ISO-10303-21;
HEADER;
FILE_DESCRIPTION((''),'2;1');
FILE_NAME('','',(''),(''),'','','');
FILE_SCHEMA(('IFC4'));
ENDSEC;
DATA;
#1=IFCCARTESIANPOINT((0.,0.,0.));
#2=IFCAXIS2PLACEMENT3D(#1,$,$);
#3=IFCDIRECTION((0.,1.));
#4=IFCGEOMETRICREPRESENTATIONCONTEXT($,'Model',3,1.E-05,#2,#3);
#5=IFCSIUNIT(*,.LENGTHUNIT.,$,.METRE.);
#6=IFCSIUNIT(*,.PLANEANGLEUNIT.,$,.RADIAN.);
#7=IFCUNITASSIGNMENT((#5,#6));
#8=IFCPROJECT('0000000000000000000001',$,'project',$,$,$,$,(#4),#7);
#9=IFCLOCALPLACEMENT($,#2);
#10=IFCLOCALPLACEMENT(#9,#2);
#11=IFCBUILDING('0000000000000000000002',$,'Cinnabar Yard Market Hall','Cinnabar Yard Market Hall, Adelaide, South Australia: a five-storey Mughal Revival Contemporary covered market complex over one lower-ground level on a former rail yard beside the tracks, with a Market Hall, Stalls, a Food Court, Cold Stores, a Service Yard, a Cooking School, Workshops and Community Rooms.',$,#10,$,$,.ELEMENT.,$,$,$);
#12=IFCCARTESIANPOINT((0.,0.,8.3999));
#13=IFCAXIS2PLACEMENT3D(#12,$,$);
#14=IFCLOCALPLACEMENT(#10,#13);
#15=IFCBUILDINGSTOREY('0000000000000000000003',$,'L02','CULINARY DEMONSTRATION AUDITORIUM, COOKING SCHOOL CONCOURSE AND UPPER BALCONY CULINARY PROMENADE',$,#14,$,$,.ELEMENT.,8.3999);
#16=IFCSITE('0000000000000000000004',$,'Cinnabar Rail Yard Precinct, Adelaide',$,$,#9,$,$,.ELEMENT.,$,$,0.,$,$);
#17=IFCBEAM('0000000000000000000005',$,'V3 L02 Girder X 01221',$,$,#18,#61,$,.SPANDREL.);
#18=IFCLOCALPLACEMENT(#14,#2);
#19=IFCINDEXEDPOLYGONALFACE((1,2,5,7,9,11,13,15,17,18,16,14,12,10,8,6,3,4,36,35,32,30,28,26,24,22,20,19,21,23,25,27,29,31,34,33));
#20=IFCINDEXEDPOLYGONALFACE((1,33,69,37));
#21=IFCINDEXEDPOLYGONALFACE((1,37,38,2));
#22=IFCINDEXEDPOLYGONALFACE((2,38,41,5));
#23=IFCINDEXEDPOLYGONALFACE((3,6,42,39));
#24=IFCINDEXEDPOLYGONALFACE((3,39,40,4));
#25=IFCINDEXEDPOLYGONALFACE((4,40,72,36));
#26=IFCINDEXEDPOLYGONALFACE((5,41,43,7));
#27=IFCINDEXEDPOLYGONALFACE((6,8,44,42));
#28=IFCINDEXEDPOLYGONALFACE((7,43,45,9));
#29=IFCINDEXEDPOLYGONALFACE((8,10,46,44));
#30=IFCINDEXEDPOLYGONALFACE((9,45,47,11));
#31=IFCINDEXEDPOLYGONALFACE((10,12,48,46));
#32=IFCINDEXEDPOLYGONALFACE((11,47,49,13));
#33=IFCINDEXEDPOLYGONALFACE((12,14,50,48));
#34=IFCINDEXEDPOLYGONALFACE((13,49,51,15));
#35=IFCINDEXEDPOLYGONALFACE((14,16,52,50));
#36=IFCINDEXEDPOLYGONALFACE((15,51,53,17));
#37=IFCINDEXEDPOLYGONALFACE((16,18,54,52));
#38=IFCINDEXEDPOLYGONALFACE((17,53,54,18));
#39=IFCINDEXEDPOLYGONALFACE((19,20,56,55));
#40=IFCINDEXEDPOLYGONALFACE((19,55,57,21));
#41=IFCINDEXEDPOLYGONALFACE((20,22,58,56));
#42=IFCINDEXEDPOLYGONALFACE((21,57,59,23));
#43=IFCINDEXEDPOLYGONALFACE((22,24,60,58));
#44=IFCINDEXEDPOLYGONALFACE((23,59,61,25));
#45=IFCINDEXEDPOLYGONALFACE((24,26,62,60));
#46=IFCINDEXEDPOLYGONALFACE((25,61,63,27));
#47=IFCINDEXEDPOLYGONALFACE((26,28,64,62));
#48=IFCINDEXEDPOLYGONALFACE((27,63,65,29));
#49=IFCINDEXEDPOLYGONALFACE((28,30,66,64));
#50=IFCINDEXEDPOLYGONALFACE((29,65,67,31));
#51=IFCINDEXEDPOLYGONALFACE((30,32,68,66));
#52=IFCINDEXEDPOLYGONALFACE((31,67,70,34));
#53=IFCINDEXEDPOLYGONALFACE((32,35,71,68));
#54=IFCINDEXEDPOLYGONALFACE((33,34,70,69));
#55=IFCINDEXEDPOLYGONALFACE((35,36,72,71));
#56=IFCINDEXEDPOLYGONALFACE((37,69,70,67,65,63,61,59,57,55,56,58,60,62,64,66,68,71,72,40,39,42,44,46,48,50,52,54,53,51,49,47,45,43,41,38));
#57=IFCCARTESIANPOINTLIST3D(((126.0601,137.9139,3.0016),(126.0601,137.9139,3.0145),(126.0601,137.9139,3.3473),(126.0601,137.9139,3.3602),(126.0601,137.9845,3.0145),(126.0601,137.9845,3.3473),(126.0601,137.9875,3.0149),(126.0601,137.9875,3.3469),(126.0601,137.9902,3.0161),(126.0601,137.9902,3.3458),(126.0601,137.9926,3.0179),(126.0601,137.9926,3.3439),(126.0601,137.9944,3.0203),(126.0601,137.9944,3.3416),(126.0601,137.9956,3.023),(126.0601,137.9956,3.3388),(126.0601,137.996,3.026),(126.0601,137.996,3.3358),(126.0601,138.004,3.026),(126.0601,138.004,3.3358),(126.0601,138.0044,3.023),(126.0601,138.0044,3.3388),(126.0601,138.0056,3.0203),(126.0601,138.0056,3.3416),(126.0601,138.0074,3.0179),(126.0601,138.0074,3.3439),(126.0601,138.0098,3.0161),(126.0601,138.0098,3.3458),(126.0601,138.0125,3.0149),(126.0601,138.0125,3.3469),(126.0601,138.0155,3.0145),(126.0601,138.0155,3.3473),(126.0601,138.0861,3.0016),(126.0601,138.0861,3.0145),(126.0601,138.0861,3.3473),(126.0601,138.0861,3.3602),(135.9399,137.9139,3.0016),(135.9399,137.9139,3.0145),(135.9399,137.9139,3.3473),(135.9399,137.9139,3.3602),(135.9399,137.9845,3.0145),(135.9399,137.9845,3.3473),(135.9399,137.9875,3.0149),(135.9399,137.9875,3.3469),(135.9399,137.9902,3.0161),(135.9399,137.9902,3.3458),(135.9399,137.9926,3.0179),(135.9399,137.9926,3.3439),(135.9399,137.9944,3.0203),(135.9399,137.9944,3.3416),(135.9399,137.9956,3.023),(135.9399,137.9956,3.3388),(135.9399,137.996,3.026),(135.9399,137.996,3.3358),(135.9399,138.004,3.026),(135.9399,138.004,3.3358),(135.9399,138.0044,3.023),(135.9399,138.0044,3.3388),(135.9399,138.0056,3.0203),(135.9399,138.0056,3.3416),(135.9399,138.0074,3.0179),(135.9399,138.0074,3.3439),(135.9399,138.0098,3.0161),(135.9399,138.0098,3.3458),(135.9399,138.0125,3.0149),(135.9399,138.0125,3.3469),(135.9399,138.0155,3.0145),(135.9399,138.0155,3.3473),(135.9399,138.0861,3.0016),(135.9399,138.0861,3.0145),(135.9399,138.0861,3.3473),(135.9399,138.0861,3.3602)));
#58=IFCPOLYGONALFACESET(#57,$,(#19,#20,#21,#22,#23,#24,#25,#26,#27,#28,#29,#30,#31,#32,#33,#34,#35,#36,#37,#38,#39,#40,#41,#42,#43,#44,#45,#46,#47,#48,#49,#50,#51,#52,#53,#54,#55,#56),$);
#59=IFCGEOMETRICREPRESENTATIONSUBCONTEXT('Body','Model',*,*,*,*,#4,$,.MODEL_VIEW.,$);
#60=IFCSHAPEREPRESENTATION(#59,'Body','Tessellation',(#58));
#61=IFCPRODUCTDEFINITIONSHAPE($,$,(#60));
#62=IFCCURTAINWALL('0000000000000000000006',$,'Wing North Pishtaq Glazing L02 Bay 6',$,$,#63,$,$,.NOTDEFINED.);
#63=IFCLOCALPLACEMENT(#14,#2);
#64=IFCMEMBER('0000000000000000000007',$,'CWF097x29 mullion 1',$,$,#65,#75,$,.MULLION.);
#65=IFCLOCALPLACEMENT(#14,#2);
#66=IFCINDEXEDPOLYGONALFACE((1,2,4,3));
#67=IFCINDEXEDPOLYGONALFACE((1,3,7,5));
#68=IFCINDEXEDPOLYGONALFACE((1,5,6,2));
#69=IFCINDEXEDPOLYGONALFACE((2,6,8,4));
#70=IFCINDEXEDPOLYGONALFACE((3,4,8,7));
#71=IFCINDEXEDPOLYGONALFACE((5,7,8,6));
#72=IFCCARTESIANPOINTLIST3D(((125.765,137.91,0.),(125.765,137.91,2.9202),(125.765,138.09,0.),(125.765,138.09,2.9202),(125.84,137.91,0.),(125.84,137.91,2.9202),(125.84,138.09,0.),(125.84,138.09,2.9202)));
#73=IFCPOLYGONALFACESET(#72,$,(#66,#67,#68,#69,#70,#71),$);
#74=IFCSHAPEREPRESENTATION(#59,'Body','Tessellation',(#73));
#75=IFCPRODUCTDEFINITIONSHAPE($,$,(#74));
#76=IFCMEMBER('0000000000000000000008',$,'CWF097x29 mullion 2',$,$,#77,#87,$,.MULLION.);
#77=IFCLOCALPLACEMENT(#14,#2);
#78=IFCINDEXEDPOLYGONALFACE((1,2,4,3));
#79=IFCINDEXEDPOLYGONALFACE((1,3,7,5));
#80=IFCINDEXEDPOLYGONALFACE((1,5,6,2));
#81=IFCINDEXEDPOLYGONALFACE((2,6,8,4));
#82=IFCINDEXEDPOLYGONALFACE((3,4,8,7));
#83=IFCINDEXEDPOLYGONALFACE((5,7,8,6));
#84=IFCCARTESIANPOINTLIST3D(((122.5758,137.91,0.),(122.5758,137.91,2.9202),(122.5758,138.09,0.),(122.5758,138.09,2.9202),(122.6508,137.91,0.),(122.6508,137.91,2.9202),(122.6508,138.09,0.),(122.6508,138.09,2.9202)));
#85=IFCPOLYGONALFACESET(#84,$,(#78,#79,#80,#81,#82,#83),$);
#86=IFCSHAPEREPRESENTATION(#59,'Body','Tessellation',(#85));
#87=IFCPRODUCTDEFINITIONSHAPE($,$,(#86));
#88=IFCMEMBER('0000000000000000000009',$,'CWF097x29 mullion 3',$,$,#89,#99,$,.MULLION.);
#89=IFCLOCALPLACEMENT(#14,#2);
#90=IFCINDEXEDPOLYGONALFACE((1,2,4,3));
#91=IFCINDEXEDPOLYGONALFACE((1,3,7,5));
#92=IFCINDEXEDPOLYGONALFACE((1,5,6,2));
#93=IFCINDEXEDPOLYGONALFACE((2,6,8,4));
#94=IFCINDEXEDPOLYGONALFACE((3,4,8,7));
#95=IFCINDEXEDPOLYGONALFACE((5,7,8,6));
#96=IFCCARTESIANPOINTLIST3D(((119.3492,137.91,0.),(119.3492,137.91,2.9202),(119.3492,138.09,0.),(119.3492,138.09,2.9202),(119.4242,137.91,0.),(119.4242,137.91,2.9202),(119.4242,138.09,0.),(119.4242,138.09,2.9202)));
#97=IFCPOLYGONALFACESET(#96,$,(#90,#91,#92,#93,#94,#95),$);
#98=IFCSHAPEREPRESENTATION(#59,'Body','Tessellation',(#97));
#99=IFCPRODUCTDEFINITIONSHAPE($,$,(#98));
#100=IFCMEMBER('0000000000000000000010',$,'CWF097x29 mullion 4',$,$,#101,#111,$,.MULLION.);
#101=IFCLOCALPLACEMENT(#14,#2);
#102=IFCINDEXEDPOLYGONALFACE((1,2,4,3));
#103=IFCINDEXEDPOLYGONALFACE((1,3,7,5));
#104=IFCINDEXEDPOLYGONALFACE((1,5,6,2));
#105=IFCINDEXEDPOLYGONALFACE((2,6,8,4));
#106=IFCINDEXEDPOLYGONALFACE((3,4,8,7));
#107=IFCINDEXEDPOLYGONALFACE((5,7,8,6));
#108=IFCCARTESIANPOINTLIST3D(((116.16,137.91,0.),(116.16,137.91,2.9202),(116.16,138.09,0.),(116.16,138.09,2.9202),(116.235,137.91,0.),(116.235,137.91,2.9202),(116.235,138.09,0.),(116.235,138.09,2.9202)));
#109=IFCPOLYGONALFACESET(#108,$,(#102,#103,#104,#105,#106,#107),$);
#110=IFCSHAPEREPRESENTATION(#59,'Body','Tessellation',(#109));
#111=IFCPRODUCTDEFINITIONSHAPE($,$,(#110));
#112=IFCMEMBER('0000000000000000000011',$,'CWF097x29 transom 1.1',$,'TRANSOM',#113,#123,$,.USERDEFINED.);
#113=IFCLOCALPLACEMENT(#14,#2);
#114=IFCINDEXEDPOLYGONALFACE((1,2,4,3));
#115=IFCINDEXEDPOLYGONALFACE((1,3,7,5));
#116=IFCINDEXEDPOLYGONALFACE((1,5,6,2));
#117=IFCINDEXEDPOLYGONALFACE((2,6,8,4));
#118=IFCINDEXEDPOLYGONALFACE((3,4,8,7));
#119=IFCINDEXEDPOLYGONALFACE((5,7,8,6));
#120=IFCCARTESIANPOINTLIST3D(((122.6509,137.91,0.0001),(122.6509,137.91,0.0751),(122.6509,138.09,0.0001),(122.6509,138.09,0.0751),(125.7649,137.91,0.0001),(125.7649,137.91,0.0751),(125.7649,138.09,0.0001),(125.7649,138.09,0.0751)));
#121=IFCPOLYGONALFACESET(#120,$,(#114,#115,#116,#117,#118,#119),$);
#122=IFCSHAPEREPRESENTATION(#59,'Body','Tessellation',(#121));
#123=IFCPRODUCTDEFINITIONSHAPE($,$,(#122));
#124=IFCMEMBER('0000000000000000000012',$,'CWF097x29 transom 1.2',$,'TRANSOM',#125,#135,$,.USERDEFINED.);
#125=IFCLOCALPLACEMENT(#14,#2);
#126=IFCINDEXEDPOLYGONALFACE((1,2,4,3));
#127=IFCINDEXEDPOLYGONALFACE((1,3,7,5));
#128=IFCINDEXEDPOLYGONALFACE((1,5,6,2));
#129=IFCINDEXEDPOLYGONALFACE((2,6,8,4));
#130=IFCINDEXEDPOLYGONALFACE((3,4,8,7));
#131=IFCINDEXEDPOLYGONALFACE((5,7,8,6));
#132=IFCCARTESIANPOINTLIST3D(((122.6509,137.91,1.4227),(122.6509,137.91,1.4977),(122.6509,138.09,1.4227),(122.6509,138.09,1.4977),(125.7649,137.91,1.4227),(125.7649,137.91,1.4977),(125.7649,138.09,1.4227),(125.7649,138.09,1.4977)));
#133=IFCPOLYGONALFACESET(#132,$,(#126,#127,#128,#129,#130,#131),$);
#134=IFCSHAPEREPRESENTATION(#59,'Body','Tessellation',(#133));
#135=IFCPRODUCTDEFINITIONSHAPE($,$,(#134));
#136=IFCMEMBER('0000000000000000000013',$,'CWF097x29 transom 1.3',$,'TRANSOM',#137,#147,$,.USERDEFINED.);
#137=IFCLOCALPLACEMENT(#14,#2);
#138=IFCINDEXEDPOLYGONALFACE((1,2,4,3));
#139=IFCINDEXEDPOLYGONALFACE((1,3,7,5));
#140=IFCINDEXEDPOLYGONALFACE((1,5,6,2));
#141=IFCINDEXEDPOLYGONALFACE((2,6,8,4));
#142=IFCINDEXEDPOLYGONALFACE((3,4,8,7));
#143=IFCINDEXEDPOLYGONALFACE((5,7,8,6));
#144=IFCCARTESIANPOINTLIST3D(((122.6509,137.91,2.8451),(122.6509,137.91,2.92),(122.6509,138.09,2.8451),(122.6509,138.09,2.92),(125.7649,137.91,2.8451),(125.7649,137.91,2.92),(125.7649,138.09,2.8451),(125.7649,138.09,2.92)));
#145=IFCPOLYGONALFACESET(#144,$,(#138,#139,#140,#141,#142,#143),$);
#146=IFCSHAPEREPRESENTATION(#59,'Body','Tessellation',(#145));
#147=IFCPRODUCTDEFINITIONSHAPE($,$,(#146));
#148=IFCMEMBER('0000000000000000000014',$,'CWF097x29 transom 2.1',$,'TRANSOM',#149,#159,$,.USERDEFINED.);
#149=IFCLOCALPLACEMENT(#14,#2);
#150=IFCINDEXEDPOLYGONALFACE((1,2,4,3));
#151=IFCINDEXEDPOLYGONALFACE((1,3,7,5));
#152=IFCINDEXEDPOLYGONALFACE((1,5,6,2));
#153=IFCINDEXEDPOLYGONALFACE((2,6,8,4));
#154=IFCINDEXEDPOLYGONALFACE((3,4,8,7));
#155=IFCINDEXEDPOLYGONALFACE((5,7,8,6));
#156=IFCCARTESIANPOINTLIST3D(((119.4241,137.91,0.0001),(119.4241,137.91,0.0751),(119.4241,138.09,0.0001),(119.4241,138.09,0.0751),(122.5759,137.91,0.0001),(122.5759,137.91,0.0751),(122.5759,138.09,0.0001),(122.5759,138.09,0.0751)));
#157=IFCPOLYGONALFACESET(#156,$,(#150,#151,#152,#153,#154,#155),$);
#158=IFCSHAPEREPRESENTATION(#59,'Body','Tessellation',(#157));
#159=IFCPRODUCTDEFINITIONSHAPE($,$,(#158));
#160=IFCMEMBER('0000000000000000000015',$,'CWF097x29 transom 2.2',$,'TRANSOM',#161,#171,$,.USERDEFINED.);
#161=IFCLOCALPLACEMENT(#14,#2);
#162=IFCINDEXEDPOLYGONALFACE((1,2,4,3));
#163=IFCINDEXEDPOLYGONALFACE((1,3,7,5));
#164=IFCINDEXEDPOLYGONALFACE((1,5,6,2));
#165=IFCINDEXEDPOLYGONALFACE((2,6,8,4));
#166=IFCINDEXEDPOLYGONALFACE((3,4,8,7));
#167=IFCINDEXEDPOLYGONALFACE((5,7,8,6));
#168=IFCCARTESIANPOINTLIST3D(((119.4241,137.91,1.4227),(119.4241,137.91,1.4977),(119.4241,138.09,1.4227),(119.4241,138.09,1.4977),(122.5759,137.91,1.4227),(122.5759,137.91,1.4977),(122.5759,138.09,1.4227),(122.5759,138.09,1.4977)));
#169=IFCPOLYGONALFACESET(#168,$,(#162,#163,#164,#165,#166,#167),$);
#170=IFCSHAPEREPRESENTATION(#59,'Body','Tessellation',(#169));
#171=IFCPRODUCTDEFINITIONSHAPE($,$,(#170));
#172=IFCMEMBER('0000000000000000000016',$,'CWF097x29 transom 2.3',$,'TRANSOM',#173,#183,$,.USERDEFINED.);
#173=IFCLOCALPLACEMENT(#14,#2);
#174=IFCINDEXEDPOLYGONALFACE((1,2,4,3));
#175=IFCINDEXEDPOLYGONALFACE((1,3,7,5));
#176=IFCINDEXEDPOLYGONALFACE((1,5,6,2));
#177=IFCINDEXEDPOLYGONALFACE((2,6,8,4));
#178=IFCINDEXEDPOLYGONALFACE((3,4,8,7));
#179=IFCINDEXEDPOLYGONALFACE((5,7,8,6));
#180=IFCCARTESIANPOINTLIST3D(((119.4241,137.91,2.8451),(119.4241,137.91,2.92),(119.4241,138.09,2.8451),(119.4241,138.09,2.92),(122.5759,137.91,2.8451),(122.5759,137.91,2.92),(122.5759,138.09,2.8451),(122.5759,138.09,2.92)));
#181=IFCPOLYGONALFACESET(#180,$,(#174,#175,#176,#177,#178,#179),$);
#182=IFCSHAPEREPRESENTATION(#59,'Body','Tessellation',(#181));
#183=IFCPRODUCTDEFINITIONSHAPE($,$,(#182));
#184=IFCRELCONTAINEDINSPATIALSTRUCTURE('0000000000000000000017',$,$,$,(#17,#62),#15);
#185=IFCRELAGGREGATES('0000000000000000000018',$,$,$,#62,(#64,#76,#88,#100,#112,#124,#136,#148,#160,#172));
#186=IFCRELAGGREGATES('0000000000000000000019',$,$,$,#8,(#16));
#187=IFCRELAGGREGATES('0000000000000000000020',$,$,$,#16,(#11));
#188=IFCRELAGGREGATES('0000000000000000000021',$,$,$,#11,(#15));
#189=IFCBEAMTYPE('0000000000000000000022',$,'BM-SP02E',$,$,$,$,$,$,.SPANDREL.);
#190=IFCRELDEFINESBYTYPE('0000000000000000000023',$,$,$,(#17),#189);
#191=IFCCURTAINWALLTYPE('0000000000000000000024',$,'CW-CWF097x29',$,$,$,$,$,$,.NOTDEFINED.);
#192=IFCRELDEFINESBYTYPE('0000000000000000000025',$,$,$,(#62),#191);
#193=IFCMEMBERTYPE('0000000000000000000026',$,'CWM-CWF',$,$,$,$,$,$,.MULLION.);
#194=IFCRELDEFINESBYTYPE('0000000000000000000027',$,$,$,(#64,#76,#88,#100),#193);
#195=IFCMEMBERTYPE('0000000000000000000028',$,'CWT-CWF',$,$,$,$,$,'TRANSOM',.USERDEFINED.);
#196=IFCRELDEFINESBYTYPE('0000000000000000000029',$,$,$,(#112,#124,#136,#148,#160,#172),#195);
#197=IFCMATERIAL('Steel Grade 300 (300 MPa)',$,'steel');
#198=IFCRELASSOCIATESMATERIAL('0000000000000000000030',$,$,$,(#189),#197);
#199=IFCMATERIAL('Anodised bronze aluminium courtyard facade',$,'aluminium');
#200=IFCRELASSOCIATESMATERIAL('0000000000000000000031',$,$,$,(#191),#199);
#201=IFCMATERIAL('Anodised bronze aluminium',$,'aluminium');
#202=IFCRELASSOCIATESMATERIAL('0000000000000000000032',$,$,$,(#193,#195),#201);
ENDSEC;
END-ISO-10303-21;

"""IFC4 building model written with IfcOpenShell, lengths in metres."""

from ifc_helpers import new_model, si_unit, direction, frame, origin, origin_2d_with_axis, place, context, subcontext, project, spatial, rectangle, i_section, extrude, material, material_profile, profile_set, type_object, element, aggregate, save


model = new_model("IFC4")

# Units and contexts
model_context = context("Model", 3, precision=1e-05, world=origin(), true_north=direction((0.0, 1.0)))
body_context = subcontext(model_context, "Body", "Model", "MODEL_VIEW")
ifc_project = project(units=[si_unit("LENGTHUNIT", "METRE"), si_unit("PLANEANGLEUNIT", "RADIAN")], contexts=[model_context])

# Site, building, storey
site_placement = place(None, origin())
site = spatial("IfcSite", under=ifc_project, at=site_placement, Name="Cinnabar Rail Yard Precinct, Adelaide", CompositionType="ELEMENT", RefElevation=0.0)
building_placement = place(site_placement, origin())
building = spatial("IfcBuilding", under=site, at=building_placement, Name="Cinnabar Yard Market Hall", Description="Cinnabar Yard Market Hall, Adelaide, South Australia: a five-storey Mughal Revival Contemporary covered market complex over one lower-ground level on a former rail yard beside the tracks, with a Market Hall, Stalls, a Food Court, Cold Stores, a Service Yard, a Cooking School, Workshops and Community Rooms.", CompositionType="ELEMENT")
storey_placement = place(building_placement, frame((0.0, 0.0, 8.3999)))
storey = spatial("IfcBuildingStorey", under=building, at=storey_placement, Name="L02", Description="CULINARY DEMONSTRATION AUDITORIUM, COOKING SCHOOL CONCOURSE AND UPPER BALCONY CULINARY PROMENADE", CompositionType="ELEMENT", Elevation=8.3999)

# Beam
ifc_material_1 = material(Name="Steel Grade 300 (300 MPa)", Category="steel")
ifc_material_profile_1 = material_profile(ifc_material_1, i_section(OverallWidth=0.1721, OverallDepth=0.3586, WebThickness=0.0081, FlangeThickness=0.0129, FilletRadius=0.0115, at=origin_2d_with_axis()), Name="360UB56.7")
ifc_profile_set_1 = profile_set([ifc_material_profile_1], Name="Steel Grade 300 (300 MPa)")
beam_type_1 = type_object("IfcBeamType", Name="BM-SP02E", PredefinedType="SPANDREL", material=ifc_profile_set_1)
for number, where, z_axis, x_axis, name in (
    (1, (126.0601, 138.0, 3.1809), (1.0, 0.0, 0.0), (0.0, 1.0, 0.0), "V3 L02 Girder X 01221"),
):
    element("IfcBeam", number, at=place(storey_placement, frame(where, z_axis=z_axis, x_axis=x_axis)), inside=storey, type_object=beam_type_1, Name=name, PredefinedType="SPANDREL", context=body_context, shape_type="SweptSolid", body=[
        extrude(i_section(OverallWidth=0.1721, OverallDepth=0.3586, WebThickness=0.0081, FlangeThickness=0.0129, FilletRadius=0.0115, at=origin_2d_with_axis()), origin(), (0.0, 0.0, 1.0), 9.8799),
    ])

# Curtain wall, members
ifc_material_2 = material(Name="Anodised bronze aluminium courtyard facade", Category="aluminium")
curtain_wall_type = type_object("IfcCurtainWallType", Name="CW-CWF097x29", PredefinedType="NOTDEFINED", material=ifc_material_2)
curtain_wall_placement = place(storey_placement, origin())
curtain_wall = element("IfcCurtainWall", 2, at=curtain_wall_placement, inside=storey, type_object=curtain_wall_type, Name="Wing North Pishtaq Glazing L02 Bay 6", PredefinedType="NOTDEFINED")
ifc_material_3 = material(Name="Anodised bronze aluminium", Category="aluminium")
ifc_material_profile_2 = material_profile(ifc_material_3, rectangle(XDim=0.1799, YDim=0.075, at=origin_2d_with_axis()), Name="MUL-CWF")
ifc_profile_set_2 = profile_set([ifc_material_profile_2], Name="Anodised bronze aluminium")
member_type_1 = type_object("IfcMemberType", Name="CWM-CWF", PredefinedType="MULLION", material=ifc_profile_set_2)
member_1_placement = place(storey_placement, frame((125.8025, 138.0, 0.0), z_axis=(0.0, 0.0, 1.0), x_axis=(0.0, -1.0, 0.0)))
member_1 = element("IfcMember", 3, at=member_1_placement, type_object=member_type_1, Name="CWF097x29 mullion 1", PredefinedType="MULLION", context=body_context, shape_type="SweptSolid", body=[
    extrude(rectangle(XDim=0.1799, YDim=0.075, at=origin_2d_with_axis()), origin(), (0.0, 0.0, 1.0), 2.9202),
])
member_2_placement = place(storey_placement, frame((122.6133, 138.0, 0.0), z_axis=(0.0, 0.0, 1.0), x_axis=(0.0, -1.0, 0.0)))
member_2 = element("IfcMember", 4, at=member_2_placement, type_object=member_type_1, Name="CWF097x29 mullion 2", PredefinedType="MULLION", context=body_context, shape_type="SweptSolid", body=[
    extrude(rectangle(XDim=0.1799, YDim=0.075, at=origin_2d_with_axis()), origin(), (0.0, 0.0, 1.0), 2.9202),
])
member_3_placement = place(storey_placement, frame((119.3867, 138.0, 0.0), z_axis=(0.0, 0.0, 1.0), x_axis=(0.0, -1.0, 0.0)))
member_3 = element("IfcMember", 5, at=member_3_placement, type_object=member_type_1, Name="CWF097x29 mullion 3", PredefinedType="MULLION", context=body_context, shape_type="SweptSolid", body=[
    extrude(rectangle(XDim=0.1799, YDim=0.075, at=origin_2d_with_axis()), origin(), (0.0, 0.0, 1.0), 2.9202),
])
member_4_placement = place(storey_placement, frame((116.1975, 138.0, 0.0), z_axis=(0.0, 0.0, 1.0), x_axis=(0.0, -1.0, 0.0)))
member_4 = element("IfcMember", 6, at=member_4_placement, type_object=member_type_1, Name="CWF097x29 mullion 4", PredefinedType="MULLION", context=body_context, shape_type="SweptSolid", body=[
    extrude(rectangle(XDim=0.1799, YDim=0.075, at=origin_2d_with_axis()), origin(), (0.0, 0.0, 1.0), 2.9202),
])
ifc_material_profile_3 = material_profile(ifc_material_3, rectangle(XDim=0.1799, YDim=0.075, at=origin_2d_with_axis()), Name="TRN-CWF")
ifc_profile_set_3 = profile_set([ifc_material_profile_3], Name="Anodised bronze aluminium")
member_type_2 = type_object("IfcMemberType", Name="CWT-CWF", ElementType="TRANSOM", PredefinedType="USERDEFINED", material=ifc_profile_set_3)
member_5_placement = place(storey_placement, frame((125.7649, 138.0, 0.0376), z_axis=(-1.0, 0.0, 0.0), x_axis=(0.0, -1.0, 0.0)))
member_5 = element("IfcMember", 7, at=member_5_placement, type_object=member_type_2, Name="CWF097x29 transom 1.1", ObjectType="TRANSOM", PredefinedType="USERDEFINED", context=body_context, shape_type="SweptSolid", body=[
    extrude(rectangle(XDim=0.1799, YDim=0.075, at=origin_2d_with_axis()), origin(), (0.0, 0.0, 1.0), 3.114),
])
member_6_placement = place(storey_placement, frame((125.7649, 138.0, 1.4602), z_axis=(-1.0, 0.0, 0.0), x_axis=(0.0, -1.0, 0.0)))
member_6 = element("IfcMember", 8, at=member_6_placement, type_object=member_type_2, Name="CWF097x29 transom 1.2", ObjectType="TRANSOM", PredefinedType="USERDEFINED", context=body_context, shape_type="SweptSolid", body=[
    extrude(rectangle(XDim=0.1799, YDim=0.075, at=origin_2d_with_axis()), origin(), (0.0, 0.0, 1.0), 3.114),
])
member_7_placement = place(storey_placement, frame((125.7649, 138.0, 2.8826), z_axis=(-1.0, 0.0, 0.0), x_axis=(0.0, -1.0, 0.0)))
member_7 = element("IfcMember", 9, at=member_7_placement, type_object=member_type_2, Name="CWF097x29 transom 1.3", ObjectType="TRANSOM", PredefinedType="USERDEFINED", context=body_context, shape_type="SweptSolid", body=[
    extrude(rectangle(XDim=0.1799, YDim=0.075, at=origin_2d_with_axis()), origin(), (0.0, 0.0, 1.0), 3.114),
])
member_8_placement = place(storey_placement, frame((122.5759, 138.0, 0.0376), z_axis=(-1.0, 0.0, 0.0), x_axis=(0.0, -1.0, 0.0)))
member_8 = element("IfcMember", 10, at=member_8_placement, type_object=member_type_2, Name="CWF097x29 transom 2.1", ObjectType="TRANSOM", PredefinedType="USERDEFINED", context=body_context, shape_type="SweptSolid", body=[
    extrude(rectangle(XDim=0.1799, YDim=0.075, at=origin_2d_with_axis()), origin(), (0.0, 0.0, 1.0), 3.1519),
])
member_9_placement = place(storey_placement, frame((122.5759, 138.0, 1.4602), z_axis=(-1.0, 0.0, 0.0), x_axis=(0.0, -1.0, 0.0)))
member_9 = element("IfcMember", 11, at=member_9_placement, type_object=member_type_2, Name="CWF097x29 transom 2.2", ObjectType="TRANSOM", PredefinedType="USERDEFINED", context=body_context, shape_type="SweptSolid", body=[
    extrude(rectangle(XDim=0.1799, YDim=0.075, at=origin_2d_with_axis()), origin(), (0.0, 0.0, 1.0), 3.1519),
])
member_10_placement = place(storey_placement, frame((122.5759, 138.0, 2.8826), z_axis=(-1.0, 0.0, 0.0), x_axis=(0.0, -1.0, 0.0)))
member_10 = element("IfcMember", 12, at=member_10_placement, type_object=member_type_2, Name="CWF097x29 transom 2.3", ObjectType="TRANSOM", PredefinedType="USERDEFINED", context=body_context, shape_type="SweptSolid", body=[
    extrude(rectangle(XDim=0.1799, YDim=0.075, at=origin_2d_with_axis()), origin(), (0.0, 0.0, 1.0), 3.1519),
])
aggregate(curtain_wall, [member_1, member_2, member_3, member_4, member_5, member_6, member_7, member_8, member_9, member_10])

save(model, "model.ifc")
